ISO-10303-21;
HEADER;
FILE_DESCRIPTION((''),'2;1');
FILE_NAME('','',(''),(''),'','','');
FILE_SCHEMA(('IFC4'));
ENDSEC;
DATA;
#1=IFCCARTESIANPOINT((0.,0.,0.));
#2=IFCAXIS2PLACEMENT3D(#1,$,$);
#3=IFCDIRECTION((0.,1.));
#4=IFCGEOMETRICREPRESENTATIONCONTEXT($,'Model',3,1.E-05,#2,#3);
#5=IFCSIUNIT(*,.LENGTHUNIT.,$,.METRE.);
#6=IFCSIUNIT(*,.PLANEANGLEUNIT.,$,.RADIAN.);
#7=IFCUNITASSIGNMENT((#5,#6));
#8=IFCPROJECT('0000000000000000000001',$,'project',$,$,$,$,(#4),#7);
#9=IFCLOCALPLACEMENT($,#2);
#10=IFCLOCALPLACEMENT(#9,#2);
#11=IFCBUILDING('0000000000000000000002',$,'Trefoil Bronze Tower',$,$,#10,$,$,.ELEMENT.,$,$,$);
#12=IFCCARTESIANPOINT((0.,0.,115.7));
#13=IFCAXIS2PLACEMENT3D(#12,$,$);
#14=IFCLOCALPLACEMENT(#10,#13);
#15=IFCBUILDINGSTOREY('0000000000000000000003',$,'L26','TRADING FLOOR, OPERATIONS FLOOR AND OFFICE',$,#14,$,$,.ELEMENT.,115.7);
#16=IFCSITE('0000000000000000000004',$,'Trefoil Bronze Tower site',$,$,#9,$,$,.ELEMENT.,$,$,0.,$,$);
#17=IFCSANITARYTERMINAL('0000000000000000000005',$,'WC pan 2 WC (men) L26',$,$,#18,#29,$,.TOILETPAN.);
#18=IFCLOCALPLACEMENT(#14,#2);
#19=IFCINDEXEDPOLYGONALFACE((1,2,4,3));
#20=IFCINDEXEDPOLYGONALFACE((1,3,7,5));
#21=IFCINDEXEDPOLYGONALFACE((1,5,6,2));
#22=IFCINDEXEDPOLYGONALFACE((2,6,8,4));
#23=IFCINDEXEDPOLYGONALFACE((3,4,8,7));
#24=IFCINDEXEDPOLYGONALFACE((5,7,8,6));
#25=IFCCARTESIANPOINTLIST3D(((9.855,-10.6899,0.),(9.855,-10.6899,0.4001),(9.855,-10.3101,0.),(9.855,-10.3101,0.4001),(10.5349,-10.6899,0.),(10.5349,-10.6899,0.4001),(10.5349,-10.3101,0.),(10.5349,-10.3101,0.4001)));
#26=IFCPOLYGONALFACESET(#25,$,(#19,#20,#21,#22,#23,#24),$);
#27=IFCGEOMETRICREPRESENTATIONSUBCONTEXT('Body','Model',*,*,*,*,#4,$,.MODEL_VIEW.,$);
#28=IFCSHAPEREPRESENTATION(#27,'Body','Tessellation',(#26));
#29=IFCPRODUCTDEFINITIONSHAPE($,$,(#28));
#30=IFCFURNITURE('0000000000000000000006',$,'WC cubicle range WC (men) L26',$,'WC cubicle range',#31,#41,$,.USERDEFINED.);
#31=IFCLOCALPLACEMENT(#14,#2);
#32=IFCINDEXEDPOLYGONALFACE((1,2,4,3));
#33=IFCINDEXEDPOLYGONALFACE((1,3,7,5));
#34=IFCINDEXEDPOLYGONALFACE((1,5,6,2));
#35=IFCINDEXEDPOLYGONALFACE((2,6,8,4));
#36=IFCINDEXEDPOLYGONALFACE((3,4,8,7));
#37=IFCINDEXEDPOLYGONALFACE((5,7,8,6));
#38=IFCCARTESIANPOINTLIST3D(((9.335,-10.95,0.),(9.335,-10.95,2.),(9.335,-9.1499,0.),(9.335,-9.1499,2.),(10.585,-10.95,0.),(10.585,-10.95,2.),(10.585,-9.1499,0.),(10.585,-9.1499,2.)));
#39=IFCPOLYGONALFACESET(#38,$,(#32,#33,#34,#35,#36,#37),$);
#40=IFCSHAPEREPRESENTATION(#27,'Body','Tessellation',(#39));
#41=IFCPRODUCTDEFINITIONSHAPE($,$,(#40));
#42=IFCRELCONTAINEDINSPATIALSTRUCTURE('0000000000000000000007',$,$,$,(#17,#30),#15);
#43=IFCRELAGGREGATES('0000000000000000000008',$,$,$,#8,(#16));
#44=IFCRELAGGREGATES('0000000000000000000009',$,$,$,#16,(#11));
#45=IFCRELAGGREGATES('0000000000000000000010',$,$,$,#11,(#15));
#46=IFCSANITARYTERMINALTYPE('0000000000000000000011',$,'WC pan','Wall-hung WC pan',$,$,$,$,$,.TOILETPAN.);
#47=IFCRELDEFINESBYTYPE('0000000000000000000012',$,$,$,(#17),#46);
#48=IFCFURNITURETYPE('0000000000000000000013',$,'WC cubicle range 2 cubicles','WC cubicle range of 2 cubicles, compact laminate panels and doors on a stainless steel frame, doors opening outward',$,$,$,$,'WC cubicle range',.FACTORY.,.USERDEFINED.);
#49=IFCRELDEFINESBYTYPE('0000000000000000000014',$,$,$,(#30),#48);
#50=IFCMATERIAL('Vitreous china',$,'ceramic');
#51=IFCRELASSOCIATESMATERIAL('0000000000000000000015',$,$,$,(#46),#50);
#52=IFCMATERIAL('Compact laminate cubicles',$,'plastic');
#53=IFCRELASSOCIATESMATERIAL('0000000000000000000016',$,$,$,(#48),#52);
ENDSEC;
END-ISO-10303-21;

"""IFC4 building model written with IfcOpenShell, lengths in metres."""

from ifc_helpers import new_model, si_unit, direction, frame, origin, place, context, subcontext, project, spatial, polyline, outline, extrude, material, type_object, element, save


model = new_model("IFC4")

# Units and contexts
model_context = context("Model", 3, precision=1e-05, world=origin(), true_north=direction((0.0, 1.0)))
body_context = subcontext(model_context, "Body", "Model", "MODEL_VIEW")
ifc_project = project(units=[si_unit("LENGTHUNIT", "METRE"), si_unit("PLANEANGLEUNIT", "RADIAN")], contexts=[model_context])

# Site, building, storey
site_placement = place(None, origin())
site = spatial("IfcSite", under=ifc_project, at=site_placement, Name="Trefoil Bronze Tower site", CompositionType="ELEMENT", RefElevation=0.0)
building_placement = place(site_placement, origin())
building = spatial("IfcBuilding", under=site, at=building_placement, Name="Trefoil Bronze Tower", CompositionType="ELEMENT")
storey_placement = place(building_placement, frame((0.0, 0.0, 115.7)))
storey = spatial("IfcBuildingStorey", under=building, at=storey_placement, Name="L26", Description="TRADING FLOOR, OPERATIONS FLOOR AND OFFICE", CompositionType="ELEMENT", Elevation=115.7)

# Sanitary terminal
ifc_material_1 = material(Name="Vitreous china", Category="ceramic")
sanitary_terminal_type_1 = type_object("IfcSanitaryTerminalType", Name="WC pan", Description="Wall-hung WC pan", PredefinedType="TOILETPAN", material=ifc_material_1)
sanitary_terminal_1_placement = place(storey_placement, origin())
element("IfcSanitaryTerminal", 1, at=sanitary_terminal_1_placement, inside=storey, type_object=sanitary_terminal_type_1, Name="WC pan 2 WC (men) L26", PredefinedType="TOILETPAN", context=body_context, shape_type="SweptSolid", body=[
    extrude(outline(polyline([(9.855, -10.3101), (10.5349, -10.3101), (10.5349, -10.6899), (9.855, -10.6899), (9.855, -10.3101)])), origin(), (0.0, 0.0, 1.0), 0.4001),
])

# Furniture
ifc_material_2 = material(Name="Compact laminate cubicles", Category="plastic")
furniture_type = type_object("IfcFurnitureType", Name="WC cubicle range 2 cubicles", Description="WC cubicle range of 2 cubicles, compact laminate panels and doors on a stainless steel frame, doors opening outward", ElementType="WC cubicle range", AssemblyPlace="FACTORY", PredefinedType="USERDEFINED", material=ifc_material_2)
furniture_placement = place(storey_placement, origin())
element("IfcFurniture", 2, at=furniture_placement, inside=storey, type_object=furniture_type, Name="WC cubicle range WC (men) L26", ObjectType="WC cubicle range", PredefinedType="USERDEFINED", context=body_context, shape_type="SweptSolid", body=[
    extrude(outline(polyline([(9.335, -9.1499), (10.585, -9.1499), (10.585, -10.95), (9.335, -10.95), (9.335, -9.1499)])), origin(), (0.0, 0.0, 1.0), 2.0),
])

save(model, "model.ifc")
